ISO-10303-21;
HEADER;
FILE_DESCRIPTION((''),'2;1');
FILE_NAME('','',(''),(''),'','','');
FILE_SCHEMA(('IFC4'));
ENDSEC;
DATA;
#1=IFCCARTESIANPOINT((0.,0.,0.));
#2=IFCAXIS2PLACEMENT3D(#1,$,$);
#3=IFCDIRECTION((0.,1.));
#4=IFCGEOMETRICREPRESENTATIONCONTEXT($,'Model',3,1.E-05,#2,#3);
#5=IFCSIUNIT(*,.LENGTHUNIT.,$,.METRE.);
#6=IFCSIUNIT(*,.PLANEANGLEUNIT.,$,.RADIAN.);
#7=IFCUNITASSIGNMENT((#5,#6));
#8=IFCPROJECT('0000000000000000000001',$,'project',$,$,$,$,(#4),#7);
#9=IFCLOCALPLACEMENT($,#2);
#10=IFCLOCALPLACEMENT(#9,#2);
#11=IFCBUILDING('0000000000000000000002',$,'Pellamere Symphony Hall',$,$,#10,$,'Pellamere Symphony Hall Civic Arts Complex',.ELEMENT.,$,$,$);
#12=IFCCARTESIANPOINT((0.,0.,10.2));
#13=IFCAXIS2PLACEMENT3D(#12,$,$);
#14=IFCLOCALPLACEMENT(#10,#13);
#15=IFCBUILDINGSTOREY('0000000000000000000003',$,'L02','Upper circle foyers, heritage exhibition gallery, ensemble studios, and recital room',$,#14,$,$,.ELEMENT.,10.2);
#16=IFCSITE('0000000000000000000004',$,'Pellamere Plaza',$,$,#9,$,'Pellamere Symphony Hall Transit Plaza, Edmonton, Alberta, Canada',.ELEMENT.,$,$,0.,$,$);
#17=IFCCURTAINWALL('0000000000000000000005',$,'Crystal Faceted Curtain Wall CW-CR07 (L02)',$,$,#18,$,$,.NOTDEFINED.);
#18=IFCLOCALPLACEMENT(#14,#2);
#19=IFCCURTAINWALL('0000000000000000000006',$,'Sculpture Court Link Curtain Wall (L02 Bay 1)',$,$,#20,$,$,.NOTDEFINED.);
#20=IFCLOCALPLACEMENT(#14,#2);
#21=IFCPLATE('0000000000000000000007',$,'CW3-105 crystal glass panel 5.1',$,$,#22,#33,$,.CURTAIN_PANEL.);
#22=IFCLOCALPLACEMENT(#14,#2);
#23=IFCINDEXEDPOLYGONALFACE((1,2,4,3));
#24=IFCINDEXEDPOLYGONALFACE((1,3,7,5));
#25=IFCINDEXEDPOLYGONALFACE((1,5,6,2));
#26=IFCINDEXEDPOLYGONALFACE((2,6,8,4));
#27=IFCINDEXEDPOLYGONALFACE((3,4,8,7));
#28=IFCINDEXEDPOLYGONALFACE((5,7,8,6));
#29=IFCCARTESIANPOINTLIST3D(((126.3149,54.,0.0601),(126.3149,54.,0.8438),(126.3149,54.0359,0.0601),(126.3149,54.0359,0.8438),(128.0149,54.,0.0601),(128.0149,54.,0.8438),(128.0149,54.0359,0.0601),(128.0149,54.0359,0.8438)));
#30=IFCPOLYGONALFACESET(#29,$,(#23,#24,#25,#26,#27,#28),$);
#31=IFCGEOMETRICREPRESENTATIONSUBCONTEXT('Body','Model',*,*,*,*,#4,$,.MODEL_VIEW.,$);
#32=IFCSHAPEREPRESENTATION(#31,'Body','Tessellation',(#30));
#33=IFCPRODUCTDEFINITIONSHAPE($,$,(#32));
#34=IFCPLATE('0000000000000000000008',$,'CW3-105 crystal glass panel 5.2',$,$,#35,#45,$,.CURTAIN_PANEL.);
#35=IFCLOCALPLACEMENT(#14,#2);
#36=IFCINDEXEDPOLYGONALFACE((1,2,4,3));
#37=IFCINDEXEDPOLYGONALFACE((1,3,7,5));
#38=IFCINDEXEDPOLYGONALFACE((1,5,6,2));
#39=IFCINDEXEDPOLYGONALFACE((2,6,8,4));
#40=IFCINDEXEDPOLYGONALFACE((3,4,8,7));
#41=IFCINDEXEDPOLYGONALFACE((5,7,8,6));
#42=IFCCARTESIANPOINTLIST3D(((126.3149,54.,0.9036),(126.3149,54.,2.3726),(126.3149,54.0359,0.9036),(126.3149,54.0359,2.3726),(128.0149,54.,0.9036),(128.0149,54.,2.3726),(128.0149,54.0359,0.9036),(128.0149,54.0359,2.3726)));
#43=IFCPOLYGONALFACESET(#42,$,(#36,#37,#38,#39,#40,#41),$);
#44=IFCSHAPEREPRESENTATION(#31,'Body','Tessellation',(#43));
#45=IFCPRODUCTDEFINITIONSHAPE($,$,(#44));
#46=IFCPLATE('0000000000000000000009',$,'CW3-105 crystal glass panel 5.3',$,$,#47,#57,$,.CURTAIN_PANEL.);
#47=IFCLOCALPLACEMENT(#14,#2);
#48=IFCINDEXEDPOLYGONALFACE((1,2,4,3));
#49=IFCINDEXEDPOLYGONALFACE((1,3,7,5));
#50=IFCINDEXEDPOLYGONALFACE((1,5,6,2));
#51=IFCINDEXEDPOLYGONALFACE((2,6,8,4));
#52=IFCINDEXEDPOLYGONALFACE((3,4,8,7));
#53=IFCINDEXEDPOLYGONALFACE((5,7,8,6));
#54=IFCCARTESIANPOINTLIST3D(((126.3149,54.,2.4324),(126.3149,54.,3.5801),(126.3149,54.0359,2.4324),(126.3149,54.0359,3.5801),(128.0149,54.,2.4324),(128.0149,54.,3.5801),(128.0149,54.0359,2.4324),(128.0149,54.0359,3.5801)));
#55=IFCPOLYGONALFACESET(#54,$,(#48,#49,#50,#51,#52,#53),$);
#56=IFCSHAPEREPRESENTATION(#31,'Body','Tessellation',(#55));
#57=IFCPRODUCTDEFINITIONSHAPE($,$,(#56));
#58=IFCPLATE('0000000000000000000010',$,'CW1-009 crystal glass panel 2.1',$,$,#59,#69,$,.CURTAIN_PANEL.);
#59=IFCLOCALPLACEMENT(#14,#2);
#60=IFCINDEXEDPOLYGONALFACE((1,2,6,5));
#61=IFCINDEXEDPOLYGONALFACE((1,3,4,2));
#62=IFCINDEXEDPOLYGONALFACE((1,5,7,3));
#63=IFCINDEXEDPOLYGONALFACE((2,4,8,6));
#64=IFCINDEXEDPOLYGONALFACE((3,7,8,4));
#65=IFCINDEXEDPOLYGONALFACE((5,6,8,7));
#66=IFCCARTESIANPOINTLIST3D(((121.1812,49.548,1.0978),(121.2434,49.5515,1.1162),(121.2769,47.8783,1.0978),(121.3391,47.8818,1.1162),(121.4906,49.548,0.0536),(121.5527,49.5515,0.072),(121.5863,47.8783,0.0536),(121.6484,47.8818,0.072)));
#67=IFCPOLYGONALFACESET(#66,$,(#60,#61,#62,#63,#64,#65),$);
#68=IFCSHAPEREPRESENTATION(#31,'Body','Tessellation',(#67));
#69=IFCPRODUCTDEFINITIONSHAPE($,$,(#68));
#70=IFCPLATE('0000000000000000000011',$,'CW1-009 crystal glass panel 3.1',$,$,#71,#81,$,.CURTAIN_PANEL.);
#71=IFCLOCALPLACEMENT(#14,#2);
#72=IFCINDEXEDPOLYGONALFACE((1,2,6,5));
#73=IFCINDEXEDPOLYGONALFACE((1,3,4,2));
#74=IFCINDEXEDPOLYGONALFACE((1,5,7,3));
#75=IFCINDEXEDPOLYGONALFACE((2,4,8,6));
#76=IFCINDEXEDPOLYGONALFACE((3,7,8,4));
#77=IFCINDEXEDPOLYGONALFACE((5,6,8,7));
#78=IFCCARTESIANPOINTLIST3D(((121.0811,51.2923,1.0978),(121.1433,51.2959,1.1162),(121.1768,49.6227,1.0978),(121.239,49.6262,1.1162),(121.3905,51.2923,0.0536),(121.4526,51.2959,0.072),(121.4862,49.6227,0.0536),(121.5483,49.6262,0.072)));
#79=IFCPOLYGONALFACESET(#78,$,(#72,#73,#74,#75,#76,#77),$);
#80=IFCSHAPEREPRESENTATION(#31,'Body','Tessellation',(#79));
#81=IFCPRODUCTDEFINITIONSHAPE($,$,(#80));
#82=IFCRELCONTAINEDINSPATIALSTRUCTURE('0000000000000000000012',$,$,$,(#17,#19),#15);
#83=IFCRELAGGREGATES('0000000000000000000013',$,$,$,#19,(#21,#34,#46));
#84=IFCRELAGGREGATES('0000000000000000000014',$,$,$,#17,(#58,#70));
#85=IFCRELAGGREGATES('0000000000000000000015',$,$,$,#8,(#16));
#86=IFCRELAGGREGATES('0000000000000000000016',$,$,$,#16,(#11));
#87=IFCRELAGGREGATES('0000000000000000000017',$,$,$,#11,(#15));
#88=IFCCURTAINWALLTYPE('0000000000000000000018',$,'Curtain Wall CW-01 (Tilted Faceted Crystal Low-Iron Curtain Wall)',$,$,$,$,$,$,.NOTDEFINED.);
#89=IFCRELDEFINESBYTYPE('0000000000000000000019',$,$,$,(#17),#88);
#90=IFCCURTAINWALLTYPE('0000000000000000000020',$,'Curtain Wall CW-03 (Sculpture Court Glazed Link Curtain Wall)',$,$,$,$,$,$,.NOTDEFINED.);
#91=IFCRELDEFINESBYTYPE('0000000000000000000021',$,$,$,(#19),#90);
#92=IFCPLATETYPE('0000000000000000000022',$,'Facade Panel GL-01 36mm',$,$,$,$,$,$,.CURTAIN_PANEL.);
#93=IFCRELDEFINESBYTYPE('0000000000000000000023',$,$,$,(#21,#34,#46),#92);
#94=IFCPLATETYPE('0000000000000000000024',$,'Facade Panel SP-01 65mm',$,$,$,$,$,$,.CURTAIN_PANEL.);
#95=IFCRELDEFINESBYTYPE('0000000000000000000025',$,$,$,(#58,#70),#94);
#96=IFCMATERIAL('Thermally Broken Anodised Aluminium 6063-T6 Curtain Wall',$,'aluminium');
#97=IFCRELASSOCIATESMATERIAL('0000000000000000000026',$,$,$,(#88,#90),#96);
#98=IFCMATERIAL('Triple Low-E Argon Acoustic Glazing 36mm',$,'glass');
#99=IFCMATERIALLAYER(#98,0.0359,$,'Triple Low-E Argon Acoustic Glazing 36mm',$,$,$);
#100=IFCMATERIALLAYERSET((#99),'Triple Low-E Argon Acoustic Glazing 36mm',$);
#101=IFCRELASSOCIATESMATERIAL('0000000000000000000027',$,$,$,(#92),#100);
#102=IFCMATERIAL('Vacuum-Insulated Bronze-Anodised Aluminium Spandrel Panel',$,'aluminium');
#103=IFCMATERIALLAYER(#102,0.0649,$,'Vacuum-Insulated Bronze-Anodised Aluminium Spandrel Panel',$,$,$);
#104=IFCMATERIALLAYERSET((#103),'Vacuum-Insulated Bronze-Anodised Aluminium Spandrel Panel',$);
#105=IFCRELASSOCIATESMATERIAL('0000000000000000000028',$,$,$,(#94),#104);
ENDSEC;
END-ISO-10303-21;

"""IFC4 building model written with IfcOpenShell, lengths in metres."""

from ifc_helpers import new_model, si_unit, direction, frame, origin, place, context, subcontext, project, spatial, polyline, outline, extrude, material, layer, layer_set, type_object, element, aggregate, save


model = new_model("IFC4")

# Units and contexts
model_context = context("Model", 3, precision=1e-05, world=origin(), true_north=direction((0.0, 1.0)))
body_context = subcontext(model_context, "Body", "Model", "MODEL_VIEW")
ifc_project = project(units=[si_unit("LENGTHUNIT", "METRE"), si_unit("PLANEANGLEUNIT", "RADIAN")], contexts=[model_context])

# Site, building, storey
site_placement = place(None, origin())
site = spatial("IfcSite", under=ifc_project, at=site_placement, Name="Pellamere Plaza", LongName="Pellamere Symphony Hall Transit Plaza, Edmonton, Alberta, Canada", CompositionType="ELEMENT", RefElevation=0.0)
building_placement = place(site_placement, origin())
building = spatial("IfcBuilding", under=site, at=building_placement, Name="Pellamere Symphony Hall", LongName="Pellamere Symphony Hall Civic Arts Complex", CompositionType="ELEMENT")
storey_placement = place(building_placement, frame((0.0, 0.0, 10.2)))
storey = spatial("IfcBuildingStorey", under=building, at=storey_placement, Name="L02", Description="Upper circle foyers, heritage exhibition gallery, ensemble studios, and recital room", CompositionType="ELEMENT", Elevation=10.2)

# Curtain walls
ifc_material_1 = material(Name="Thermally Broken Anodised Aluminium 6063-T6 Curtain Wall", Category="aluminium")
curtain_wall_type_1 = type_object("IfcCurtainWallType", Name="Curtain Wall CW-01 (Tilted Faceted Crystal Low-Iron Curtain Wall)", PredefinedType="NOTDEFINED", material=ifc_material_1)
curtain_wall_1_placement = place(storey_placement, origin())
curtain_wall_1 = element("IfcCurtainWall", 1, at=curtain_wall_1_placement, inside=storey, type_object=curtain_wall_type_1, Name="Crystal Faceted Curtain Wall CW-CR07 (L02)", PredefinedType="NOTDEFINED")
curtain_wall_type_2 = type_object("IfcCurtainWallType", Name="Curtain Wall CW-03 (Sculpture Court Glazed Link Curtain Wall)", PredefinedType="NOTDEFINED", material=ifc_material_1)
curtain_wall_2_placement = place(storey_placement, origin())
curtain_wall_2 = element("IfcCurtainWall", 2, at=curtain_wall_2_placement, inside=storey, type_object=curtain_wall_type_2, Name="Sculpture Court Link Curtain Wall (L02 Bay 1)", PredefinedType="NOTDEFINED")

# Plates
ifc_material_2 = material(Name="Triple Low-E Argon Acoustic Glazing 36mm", Category="glass")
ifc_layer_1 = layer(ifc_material_2, 0.0359, Name="Triple Low-E Argon Acoustic Glazing 36mm")
ifc_layer_set_1 = layer_set([ifc_layer_1], Name="Triple Low-E Argon Acoustic Glazing 36mm")
plate_type_1 = type_object("IfcPlateType", Name="Facade Panel GL-01 36mm", PredefinedType="CURTAIN_PANEL", material=ifc_layer_set_1)
plate_1_placement = place(storey_placement, frame((126.3149, 54.0, 0.0601), z_axis=(0.0, -1.0, 0.0), x_axis=(1.0, 0.0, 0.0)))
plate_1 = element("IfcPlate", 3, at=plate_1_placement, type_object=plate_type_1, Name="CW3-105 crystal glass panel 5.1", PredefinedType="CURTAIN_PANEL", context=body_context, shape_type="SweptSolid", body=[
    extrude(outline(polyline([(0.0, 0.0), (1.7, 0.0), (1.7, 0.7837), (0.0, 0.7837), (0.0, 0.0)])), origin(), (0.0, 0.0, -1.0), 0.0359),
])
plate_2_placement = place(storey_placement, frame((126.3149, 54.0, 0.9036), z_axis=(0.0, -1.0, 0.0), x_axis=(1.0, 0.0, 0.0)))
plate_2 = element("IfcPlate", 4, at=plate_2_placement, type_object=plate_type_1, Name="CW3-105 crystal glass panel 5.2", PredefinedType="CURTAIN_PANEL", context=body_context, shape_type="SweptSolid", body=[
    extrude(outline(polyline([(0.0, 0.0), (1.7, 0.0), (1.7, 1.469), (0.0, 1.469), (0.0, 0.0)])), origin(), (0.0, 0.0, -1.0), 0.0359),
])
plate_3_placement = place(storey_placement, frame((126.3149, 54.0, 2.4324), z_axis=(0.0, -1.0, 0.0), x_axis=(1.0, 0.0, 0.0)))
plate_3 = element("IfcPlate", 5, at=plate_3_placement, type_object=plate_type_1, Name="CW3-105 crystal glass panel 5.3", PredefinedType="CURTAIN_PANEL", context=body_context, shape_type="SweptSolid", body=[
    extrude(outline(polyline([(0.0, 0.0), (1.7, 0.0), (1.7, 1.1477), (0.0, 1.1477), (0.0, 0.0)])), origin(), (0.0, 0.0, -1.0), 0.0359),
])
aggregate(curtain_wall_2, [plate_1, plate_2, plate_3])
ifc_material_3 = material(Name="Vacuum-Insulated Bronze-Anodised Aluminium Spandrel Panel", Category="aluminium")
ifc_layer_2 = layer(ifc_material_3, 0.0649, Name="Vacuum-Insulated Bronze-Anodised Aluminium Spandrel Panel")
ifc_layer_set_2 = layer_set([ifc_layer_2], Name="Vacuum-Insulated Bronze-Anodised Aluminium Spandrel Panel")
plate_type_2 = type_object("IfcPlateType", Name="Facade Panel SP-01 65mm", PredefinedType="CURTAIN_PANEL", material=ifc_layer_set_2)
plate_4_placement = place(storey_placement, frame((121.6484, 47.8818, 0.072), z_axis=(0.957369, 0.054875, 0.283607), x_axis=(-0.057224, 0.998361, 0.0)))
plate_4 = element("IfcPlate", 6, at=plate_4_placement, type_object=plate_type_2, Name="CW1-009 crystal glass panel 2.1", PredefinedType="CURTAIN_PANEL", context=body_context, shape_type="SweptSolid", body=[
    extrude(outline(polyline([(0.0, 0.0), (1.6724, 0.0), (1.6901, 1.0889), (0.0177, 1.0889), (0.0, 0.0)])), origin(), (0.0, 0.0, -1.0), 0.0649),
])
plate_5_placement = place(storey_placement, frame((121.5483, 49.6262, 0.072), z_axis=(0.957369, 0.054875, 0.283607), x_axis=(-0.057224, 0.998361, 0.0)))
plate_5 = element("IfcPlate", 7, at=plate_5_placement, type_object=plate_type_2, Name="CW1-009 crystal glass panel 3.1", PredefinedType="CURTAIN_PANEL", context=body_context, shape_type="SweptSolid", body=[
    extrude(outline(polyline([(0.0, 0.0), (1.6724, 0.0), (1.6901, 1.0889), (0.0177, 1.0889), (0.0, 0.0)])), origin(), (0.0, 0.0, -1.0), 0.0649),
])
aggregate(curtain_wall_1, [plate_4, plate_5])

save(model, "model.ifc")
